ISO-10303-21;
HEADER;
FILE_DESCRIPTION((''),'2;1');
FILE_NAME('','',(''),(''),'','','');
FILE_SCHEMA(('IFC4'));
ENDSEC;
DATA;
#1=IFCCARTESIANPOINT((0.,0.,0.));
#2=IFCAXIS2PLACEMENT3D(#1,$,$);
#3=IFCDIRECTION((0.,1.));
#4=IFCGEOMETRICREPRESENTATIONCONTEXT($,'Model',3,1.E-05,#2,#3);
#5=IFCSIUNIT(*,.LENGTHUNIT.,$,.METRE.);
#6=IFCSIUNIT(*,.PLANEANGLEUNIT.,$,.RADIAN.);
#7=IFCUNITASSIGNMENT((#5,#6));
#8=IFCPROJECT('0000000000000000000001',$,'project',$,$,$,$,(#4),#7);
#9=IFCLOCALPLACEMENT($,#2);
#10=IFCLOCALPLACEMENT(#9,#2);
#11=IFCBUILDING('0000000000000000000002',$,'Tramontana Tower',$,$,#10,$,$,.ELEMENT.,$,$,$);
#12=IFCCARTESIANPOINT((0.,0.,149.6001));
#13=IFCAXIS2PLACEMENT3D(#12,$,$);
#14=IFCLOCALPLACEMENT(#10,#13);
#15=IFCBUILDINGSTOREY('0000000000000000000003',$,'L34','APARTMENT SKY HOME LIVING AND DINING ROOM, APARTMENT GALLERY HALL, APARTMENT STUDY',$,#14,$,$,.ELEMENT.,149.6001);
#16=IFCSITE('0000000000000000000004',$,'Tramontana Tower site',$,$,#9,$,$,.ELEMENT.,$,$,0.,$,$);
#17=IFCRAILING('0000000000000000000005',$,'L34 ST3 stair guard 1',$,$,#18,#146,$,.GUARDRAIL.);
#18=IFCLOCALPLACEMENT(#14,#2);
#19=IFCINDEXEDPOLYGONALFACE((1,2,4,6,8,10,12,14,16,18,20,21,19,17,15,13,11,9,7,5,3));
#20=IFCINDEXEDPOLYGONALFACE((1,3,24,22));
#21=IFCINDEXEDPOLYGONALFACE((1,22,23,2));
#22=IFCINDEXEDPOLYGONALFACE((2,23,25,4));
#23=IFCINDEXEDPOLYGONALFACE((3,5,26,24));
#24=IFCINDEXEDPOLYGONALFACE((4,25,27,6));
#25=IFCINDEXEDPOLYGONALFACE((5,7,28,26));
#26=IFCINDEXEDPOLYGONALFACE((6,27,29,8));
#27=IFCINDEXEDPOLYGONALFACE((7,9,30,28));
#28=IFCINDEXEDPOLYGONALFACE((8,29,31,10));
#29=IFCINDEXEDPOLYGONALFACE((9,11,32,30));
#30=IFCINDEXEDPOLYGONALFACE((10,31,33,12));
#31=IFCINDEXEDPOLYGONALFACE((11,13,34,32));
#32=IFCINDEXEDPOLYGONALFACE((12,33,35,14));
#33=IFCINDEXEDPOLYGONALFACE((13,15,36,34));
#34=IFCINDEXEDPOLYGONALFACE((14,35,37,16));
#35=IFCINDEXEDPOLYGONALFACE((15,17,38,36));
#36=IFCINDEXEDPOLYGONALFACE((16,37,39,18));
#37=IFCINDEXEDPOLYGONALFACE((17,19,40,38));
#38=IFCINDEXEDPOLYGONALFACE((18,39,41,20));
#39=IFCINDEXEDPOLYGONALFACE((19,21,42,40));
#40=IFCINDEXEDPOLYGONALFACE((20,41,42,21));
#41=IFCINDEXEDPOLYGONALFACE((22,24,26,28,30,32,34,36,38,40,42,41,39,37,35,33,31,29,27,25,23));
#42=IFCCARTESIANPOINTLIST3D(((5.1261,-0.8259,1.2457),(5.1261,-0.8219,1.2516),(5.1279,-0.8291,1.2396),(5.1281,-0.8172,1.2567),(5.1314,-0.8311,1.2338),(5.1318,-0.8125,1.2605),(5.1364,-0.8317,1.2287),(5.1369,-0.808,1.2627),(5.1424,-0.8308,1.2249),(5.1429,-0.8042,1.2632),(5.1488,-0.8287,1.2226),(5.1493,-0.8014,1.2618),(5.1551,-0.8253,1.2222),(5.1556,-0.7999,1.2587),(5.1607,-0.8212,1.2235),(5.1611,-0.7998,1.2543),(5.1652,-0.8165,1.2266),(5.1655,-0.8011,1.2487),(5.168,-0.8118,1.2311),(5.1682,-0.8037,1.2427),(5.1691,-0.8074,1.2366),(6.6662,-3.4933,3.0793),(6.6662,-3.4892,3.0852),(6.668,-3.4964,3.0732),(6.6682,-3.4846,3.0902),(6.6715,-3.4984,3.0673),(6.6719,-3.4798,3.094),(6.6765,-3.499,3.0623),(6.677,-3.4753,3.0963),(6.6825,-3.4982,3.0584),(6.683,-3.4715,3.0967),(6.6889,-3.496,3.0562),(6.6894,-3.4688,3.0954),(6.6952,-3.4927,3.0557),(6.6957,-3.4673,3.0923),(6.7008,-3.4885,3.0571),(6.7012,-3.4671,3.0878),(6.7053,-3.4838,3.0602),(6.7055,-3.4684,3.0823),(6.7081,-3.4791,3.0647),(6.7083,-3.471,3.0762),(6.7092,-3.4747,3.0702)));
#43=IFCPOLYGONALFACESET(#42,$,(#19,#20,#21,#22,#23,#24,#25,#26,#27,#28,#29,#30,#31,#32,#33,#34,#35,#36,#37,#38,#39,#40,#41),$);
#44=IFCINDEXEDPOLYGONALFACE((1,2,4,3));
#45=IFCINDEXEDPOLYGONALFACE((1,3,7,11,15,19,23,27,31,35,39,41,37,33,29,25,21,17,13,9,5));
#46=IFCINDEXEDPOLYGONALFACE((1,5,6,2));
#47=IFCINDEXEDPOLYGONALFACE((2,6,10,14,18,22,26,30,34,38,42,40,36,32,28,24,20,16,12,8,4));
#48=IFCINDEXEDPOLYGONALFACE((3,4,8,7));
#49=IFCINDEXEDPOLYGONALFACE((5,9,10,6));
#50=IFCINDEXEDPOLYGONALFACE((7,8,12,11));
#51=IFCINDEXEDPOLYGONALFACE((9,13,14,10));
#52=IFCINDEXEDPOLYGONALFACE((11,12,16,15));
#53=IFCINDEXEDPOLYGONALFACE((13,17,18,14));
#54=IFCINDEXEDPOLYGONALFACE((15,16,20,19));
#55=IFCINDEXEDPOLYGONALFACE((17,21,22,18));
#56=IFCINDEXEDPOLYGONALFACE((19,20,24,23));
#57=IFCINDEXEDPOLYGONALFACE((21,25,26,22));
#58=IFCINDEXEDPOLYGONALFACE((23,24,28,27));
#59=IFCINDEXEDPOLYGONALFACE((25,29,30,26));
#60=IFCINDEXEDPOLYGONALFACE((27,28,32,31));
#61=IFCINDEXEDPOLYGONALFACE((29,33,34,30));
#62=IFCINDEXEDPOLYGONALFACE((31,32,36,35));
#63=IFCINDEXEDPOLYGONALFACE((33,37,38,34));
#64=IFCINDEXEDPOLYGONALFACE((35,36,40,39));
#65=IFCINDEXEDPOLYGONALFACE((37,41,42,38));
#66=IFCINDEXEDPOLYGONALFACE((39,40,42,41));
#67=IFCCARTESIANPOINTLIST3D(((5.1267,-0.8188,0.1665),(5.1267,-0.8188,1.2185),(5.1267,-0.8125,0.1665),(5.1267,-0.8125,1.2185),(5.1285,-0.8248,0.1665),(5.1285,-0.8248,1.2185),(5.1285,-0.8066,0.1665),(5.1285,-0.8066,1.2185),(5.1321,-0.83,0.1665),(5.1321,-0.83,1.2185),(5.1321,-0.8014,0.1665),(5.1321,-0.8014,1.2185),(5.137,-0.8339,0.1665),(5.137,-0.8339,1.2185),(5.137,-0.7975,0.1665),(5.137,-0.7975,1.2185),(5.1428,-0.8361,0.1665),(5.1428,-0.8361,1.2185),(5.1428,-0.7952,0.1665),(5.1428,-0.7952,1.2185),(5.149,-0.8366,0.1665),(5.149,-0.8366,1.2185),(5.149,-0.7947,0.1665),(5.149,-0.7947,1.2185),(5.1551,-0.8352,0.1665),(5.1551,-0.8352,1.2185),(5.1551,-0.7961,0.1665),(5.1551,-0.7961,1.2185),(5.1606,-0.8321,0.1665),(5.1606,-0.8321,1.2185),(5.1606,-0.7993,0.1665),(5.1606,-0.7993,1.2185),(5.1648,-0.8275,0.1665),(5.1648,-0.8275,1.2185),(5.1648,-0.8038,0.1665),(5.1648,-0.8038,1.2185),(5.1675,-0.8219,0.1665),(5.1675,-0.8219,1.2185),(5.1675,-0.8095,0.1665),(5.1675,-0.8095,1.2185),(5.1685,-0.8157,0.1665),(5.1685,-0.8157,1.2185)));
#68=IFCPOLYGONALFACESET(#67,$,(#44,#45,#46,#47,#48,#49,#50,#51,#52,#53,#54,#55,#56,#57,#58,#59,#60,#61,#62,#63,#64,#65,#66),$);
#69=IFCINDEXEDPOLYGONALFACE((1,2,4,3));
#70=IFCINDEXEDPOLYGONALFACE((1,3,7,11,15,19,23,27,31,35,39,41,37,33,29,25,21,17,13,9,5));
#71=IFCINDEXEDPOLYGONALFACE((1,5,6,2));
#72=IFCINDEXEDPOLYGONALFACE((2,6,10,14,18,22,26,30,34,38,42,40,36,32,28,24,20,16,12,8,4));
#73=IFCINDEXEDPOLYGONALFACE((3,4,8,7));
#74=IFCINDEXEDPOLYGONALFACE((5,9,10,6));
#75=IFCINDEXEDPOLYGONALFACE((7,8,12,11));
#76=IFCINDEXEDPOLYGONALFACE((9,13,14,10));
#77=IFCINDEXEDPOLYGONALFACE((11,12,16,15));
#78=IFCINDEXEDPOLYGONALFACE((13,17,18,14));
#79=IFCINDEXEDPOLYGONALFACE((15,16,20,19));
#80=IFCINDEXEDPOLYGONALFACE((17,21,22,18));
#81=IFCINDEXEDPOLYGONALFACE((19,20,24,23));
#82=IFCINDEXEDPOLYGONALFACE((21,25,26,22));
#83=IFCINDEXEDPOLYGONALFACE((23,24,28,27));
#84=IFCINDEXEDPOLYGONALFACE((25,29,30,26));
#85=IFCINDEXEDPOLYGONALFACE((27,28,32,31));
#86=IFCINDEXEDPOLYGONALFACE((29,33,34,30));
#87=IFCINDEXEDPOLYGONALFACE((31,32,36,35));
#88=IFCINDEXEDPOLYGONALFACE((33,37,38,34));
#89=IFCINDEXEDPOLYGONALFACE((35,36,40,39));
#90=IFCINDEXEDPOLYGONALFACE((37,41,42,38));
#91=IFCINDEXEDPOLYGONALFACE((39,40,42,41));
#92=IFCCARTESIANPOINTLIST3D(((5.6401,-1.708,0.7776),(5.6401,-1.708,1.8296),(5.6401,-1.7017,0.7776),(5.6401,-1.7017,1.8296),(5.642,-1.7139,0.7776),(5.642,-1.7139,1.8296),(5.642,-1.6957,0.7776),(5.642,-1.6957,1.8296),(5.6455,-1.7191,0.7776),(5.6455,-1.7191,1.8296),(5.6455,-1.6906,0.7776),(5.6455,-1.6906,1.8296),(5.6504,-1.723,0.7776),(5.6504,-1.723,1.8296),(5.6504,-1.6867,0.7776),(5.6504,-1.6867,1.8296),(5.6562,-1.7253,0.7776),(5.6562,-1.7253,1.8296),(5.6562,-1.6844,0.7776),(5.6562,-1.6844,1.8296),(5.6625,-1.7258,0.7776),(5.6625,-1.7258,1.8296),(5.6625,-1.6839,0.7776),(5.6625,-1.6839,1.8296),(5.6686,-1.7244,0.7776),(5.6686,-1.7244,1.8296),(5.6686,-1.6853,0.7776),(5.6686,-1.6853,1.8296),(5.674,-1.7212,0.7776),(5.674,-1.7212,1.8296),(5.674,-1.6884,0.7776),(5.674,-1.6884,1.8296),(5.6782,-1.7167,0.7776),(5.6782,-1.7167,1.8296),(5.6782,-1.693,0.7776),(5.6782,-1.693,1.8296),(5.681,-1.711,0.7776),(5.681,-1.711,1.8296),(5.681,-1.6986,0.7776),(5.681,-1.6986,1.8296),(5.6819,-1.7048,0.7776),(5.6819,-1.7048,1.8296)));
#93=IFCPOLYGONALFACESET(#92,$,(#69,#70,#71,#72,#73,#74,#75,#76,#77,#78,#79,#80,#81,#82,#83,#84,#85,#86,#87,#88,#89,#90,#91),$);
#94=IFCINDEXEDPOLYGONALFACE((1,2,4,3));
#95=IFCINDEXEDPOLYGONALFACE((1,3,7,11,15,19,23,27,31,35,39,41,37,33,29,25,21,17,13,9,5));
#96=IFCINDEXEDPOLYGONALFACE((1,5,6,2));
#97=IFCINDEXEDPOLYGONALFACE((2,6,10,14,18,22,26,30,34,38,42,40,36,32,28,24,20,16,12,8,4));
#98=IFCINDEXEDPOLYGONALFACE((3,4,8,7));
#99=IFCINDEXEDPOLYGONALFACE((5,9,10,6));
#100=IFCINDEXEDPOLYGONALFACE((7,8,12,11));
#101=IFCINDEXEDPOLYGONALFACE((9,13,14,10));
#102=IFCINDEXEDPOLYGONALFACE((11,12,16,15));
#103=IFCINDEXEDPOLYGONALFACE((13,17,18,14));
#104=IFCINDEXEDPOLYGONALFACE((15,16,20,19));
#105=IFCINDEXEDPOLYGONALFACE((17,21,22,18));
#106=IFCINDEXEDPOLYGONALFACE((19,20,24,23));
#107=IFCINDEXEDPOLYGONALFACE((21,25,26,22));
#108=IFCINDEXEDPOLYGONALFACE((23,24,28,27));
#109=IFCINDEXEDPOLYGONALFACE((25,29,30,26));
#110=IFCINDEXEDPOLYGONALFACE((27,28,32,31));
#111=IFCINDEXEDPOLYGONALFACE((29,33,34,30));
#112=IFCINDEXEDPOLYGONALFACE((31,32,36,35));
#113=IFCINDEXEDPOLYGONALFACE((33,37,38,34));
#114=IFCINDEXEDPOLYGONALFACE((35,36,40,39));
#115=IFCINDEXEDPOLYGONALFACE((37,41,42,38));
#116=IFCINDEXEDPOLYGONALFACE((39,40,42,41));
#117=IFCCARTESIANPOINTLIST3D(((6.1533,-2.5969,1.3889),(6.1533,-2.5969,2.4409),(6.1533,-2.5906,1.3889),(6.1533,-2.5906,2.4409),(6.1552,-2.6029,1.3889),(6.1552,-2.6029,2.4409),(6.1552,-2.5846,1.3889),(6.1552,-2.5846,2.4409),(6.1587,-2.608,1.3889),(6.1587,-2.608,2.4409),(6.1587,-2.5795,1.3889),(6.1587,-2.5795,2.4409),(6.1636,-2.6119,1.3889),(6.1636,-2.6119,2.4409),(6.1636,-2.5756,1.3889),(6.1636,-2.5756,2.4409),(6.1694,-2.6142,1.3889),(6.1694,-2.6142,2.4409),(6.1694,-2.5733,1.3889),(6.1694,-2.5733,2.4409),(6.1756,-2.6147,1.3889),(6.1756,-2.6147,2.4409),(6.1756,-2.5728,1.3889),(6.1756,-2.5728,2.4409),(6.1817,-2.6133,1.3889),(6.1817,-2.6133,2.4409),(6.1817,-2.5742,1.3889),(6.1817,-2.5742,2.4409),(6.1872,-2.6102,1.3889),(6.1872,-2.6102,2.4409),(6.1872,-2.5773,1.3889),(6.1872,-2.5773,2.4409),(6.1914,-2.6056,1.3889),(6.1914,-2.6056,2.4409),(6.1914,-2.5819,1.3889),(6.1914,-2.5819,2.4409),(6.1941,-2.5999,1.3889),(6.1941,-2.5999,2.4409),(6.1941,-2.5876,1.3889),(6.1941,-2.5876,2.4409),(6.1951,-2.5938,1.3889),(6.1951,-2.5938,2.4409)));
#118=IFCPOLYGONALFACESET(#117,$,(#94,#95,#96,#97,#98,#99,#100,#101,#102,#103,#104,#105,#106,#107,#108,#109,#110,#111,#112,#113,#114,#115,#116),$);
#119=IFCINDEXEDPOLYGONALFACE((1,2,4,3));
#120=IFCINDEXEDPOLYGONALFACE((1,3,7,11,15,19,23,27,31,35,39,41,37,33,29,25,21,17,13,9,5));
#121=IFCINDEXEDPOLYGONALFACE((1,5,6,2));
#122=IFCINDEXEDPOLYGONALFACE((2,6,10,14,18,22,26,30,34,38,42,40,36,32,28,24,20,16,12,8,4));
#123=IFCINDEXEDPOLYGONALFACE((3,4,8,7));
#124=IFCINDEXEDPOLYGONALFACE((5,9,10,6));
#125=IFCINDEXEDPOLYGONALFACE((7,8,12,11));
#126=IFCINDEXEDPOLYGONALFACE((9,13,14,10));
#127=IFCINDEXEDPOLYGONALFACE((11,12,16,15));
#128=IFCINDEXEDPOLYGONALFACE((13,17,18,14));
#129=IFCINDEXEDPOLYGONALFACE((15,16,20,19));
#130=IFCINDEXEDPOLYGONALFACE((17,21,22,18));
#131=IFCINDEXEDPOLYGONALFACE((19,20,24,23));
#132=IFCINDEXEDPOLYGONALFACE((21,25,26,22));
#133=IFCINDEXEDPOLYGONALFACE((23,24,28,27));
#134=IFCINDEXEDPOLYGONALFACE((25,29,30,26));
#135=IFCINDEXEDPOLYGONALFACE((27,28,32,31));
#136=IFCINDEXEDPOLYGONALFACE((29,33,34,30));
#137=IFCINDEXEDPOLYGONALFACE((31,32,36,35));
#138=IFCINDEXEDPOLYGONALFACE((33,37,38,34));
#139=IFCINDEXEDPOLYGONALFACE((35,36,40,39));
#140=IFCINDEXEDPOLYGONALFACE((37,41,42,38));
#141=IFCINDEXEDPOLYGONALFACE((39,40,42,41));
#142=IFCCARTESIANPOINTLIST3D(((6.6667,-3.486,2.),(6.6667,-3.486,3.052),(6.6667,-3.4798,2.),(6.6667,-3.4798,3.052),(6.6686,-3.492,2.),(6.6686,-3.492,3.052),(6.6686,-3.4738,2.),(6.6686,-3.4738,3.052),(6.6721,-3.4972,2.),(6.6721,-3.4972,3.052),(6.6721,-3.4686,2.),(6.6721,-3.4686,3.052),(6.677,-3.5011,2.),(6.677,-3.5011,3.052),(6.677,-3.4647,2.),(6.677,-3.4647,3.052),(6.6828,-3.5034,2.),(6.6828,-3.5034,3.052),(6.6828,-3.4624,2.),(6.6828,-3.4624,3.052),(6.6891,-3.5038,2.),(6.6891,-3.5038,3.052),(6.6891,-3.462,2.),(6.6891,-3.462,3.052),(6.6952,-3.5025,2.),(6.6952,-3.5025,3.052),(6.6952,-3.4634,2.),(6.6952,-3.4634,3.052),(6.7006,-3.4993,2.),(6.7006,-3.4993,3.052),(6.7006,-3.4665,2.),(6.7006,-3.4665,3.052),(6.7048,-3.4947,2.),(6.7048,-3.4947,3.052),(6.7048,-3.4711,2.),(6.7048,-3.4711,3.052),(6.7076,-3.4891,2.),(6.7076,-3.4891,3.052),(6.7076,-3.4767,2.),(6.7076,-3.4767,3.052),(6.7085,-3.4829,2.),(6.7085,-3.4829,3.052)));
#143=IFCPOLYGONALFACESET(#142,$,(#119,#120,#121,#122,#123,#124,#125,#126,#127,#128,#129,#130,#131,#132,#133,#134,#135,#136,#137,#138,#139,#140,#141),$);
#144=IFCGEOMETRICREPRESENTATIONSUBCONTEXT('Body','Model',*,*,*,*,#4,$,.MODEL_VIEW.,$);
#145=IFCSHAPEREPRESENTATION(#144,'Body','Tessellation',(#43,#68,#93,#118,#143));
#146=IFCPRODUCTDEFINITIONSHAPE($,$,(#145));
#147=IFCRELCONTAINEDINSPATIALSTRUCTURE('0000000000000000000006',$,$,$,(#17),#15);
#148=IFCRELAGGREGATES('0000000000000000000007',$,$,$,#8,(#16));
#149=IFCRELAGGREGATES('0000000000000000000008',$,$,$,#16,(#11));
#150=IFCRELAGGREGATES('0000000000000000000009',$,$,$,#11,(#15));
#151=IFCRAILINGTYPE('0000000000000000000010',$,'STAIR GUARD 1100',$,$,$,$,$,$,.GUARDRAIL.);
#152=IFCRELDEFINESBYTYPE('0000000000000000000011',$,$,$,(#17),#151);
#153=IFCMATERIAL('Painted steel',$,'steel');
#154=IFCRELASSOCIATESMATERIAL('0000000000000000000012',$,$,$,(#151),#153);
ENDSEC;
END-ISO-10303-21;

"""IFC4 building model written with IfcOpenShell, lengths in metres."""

from ifc_helpers import new_model, si_unit, direction, frame, origin, origin_2d, place, context, subcontext, project, spatial, circle, extrude, material, type_object, element, save


model = new_model("IFC4")

# Units and contexts
model_context = context("Model", 3, precision=1e-05, world=origin(), true_north=direction((0.0, 1.0)))
body_context = subcontext(model_context, "Body", "Model", "MODEL_VIEW")
ifc_project = project(units=[si_unit("LENGTHUNIT", "METRE"), si_unit("PLANEANGLEUNIT", "RADIAN")], contexts=[model_context])

# Site, building, storey
site_placement = place(None, origin())
site = spatial("IfcSite", under=ifc_project, at=site_placement, Name="Tramontana Tower site", CompositionType="ELEMENT", RefElevation=0.0)
building_placement = place(site_placement, origin())
building = spatial("IfcBuilding", under=site, at=building_placement, Name="Tramontana Tower", CompositionType="ELEMENT")
storey_placement = place(building_placement, frame((0.0, 0.0, 149.6001)))
storey = spatial("IfcBuildingStorey", under=building, at=storey_placement, Name="L34", Description="APARTMENT SKY HOME LIVING AND DINING ROOM, APARTMENT GALLERY HALL, APARTMENT STUDY", CompositionType="ELEMENT", Elevation=149.6001)

# Railing
ifc_material_1 = material(Name="Painted steel", Category="steel")
railing_type_1 = type_object("IfcRailingType", Name="STAIR GUARD 1100", PredefinedType="GUARDRAIL", material=ifc_material_1)
railing_1_placement = place(storey_placement, frame((5.1475, -0.8157, 0.1665)))
element("IfcRailing", 1, at=railing_1_placement, inside=storey, type_object=railing_type_1, Name="L34 ST3 stair guard 1", PredefinedType="GUARDRAIL", context=body_context, shape_type="SweptSolid", body=[
    extrude(circle(Radius=0.0239, at=origin_2d()), frame((0.0, 0.0, 1.0762), z_axis=(0.429656, -0.744134, 0.511528), x_axis=(0.86601, 0.500027, 0.0)), (0.0, 0.0, 1.0), 3.5845),
    extrude(circle(Radius=0.021, at=origin_2d()), origin(), (0.0, 0.0, 1.0), 1.052),
    extrude(circle(Radius=0.021, at=origin_2d()), frame((0.5134, -0.8892, 0.6111)), (0.0, 0.0, 1.0), 1.052),
    extrude(circle(Radius=0.021, at=origin_2d()), frame((1.0266, -1.7781, 1.2224)), (0.0, 0.0, 1.0), 1.052),
    extrude(circle(Radius=0.021, at=origin_2d()), frame((1.54, -2.6672, 1.8335)), (0.0, 0.0, 1.0), 1.052),
])

save(model, "model.ifc")
